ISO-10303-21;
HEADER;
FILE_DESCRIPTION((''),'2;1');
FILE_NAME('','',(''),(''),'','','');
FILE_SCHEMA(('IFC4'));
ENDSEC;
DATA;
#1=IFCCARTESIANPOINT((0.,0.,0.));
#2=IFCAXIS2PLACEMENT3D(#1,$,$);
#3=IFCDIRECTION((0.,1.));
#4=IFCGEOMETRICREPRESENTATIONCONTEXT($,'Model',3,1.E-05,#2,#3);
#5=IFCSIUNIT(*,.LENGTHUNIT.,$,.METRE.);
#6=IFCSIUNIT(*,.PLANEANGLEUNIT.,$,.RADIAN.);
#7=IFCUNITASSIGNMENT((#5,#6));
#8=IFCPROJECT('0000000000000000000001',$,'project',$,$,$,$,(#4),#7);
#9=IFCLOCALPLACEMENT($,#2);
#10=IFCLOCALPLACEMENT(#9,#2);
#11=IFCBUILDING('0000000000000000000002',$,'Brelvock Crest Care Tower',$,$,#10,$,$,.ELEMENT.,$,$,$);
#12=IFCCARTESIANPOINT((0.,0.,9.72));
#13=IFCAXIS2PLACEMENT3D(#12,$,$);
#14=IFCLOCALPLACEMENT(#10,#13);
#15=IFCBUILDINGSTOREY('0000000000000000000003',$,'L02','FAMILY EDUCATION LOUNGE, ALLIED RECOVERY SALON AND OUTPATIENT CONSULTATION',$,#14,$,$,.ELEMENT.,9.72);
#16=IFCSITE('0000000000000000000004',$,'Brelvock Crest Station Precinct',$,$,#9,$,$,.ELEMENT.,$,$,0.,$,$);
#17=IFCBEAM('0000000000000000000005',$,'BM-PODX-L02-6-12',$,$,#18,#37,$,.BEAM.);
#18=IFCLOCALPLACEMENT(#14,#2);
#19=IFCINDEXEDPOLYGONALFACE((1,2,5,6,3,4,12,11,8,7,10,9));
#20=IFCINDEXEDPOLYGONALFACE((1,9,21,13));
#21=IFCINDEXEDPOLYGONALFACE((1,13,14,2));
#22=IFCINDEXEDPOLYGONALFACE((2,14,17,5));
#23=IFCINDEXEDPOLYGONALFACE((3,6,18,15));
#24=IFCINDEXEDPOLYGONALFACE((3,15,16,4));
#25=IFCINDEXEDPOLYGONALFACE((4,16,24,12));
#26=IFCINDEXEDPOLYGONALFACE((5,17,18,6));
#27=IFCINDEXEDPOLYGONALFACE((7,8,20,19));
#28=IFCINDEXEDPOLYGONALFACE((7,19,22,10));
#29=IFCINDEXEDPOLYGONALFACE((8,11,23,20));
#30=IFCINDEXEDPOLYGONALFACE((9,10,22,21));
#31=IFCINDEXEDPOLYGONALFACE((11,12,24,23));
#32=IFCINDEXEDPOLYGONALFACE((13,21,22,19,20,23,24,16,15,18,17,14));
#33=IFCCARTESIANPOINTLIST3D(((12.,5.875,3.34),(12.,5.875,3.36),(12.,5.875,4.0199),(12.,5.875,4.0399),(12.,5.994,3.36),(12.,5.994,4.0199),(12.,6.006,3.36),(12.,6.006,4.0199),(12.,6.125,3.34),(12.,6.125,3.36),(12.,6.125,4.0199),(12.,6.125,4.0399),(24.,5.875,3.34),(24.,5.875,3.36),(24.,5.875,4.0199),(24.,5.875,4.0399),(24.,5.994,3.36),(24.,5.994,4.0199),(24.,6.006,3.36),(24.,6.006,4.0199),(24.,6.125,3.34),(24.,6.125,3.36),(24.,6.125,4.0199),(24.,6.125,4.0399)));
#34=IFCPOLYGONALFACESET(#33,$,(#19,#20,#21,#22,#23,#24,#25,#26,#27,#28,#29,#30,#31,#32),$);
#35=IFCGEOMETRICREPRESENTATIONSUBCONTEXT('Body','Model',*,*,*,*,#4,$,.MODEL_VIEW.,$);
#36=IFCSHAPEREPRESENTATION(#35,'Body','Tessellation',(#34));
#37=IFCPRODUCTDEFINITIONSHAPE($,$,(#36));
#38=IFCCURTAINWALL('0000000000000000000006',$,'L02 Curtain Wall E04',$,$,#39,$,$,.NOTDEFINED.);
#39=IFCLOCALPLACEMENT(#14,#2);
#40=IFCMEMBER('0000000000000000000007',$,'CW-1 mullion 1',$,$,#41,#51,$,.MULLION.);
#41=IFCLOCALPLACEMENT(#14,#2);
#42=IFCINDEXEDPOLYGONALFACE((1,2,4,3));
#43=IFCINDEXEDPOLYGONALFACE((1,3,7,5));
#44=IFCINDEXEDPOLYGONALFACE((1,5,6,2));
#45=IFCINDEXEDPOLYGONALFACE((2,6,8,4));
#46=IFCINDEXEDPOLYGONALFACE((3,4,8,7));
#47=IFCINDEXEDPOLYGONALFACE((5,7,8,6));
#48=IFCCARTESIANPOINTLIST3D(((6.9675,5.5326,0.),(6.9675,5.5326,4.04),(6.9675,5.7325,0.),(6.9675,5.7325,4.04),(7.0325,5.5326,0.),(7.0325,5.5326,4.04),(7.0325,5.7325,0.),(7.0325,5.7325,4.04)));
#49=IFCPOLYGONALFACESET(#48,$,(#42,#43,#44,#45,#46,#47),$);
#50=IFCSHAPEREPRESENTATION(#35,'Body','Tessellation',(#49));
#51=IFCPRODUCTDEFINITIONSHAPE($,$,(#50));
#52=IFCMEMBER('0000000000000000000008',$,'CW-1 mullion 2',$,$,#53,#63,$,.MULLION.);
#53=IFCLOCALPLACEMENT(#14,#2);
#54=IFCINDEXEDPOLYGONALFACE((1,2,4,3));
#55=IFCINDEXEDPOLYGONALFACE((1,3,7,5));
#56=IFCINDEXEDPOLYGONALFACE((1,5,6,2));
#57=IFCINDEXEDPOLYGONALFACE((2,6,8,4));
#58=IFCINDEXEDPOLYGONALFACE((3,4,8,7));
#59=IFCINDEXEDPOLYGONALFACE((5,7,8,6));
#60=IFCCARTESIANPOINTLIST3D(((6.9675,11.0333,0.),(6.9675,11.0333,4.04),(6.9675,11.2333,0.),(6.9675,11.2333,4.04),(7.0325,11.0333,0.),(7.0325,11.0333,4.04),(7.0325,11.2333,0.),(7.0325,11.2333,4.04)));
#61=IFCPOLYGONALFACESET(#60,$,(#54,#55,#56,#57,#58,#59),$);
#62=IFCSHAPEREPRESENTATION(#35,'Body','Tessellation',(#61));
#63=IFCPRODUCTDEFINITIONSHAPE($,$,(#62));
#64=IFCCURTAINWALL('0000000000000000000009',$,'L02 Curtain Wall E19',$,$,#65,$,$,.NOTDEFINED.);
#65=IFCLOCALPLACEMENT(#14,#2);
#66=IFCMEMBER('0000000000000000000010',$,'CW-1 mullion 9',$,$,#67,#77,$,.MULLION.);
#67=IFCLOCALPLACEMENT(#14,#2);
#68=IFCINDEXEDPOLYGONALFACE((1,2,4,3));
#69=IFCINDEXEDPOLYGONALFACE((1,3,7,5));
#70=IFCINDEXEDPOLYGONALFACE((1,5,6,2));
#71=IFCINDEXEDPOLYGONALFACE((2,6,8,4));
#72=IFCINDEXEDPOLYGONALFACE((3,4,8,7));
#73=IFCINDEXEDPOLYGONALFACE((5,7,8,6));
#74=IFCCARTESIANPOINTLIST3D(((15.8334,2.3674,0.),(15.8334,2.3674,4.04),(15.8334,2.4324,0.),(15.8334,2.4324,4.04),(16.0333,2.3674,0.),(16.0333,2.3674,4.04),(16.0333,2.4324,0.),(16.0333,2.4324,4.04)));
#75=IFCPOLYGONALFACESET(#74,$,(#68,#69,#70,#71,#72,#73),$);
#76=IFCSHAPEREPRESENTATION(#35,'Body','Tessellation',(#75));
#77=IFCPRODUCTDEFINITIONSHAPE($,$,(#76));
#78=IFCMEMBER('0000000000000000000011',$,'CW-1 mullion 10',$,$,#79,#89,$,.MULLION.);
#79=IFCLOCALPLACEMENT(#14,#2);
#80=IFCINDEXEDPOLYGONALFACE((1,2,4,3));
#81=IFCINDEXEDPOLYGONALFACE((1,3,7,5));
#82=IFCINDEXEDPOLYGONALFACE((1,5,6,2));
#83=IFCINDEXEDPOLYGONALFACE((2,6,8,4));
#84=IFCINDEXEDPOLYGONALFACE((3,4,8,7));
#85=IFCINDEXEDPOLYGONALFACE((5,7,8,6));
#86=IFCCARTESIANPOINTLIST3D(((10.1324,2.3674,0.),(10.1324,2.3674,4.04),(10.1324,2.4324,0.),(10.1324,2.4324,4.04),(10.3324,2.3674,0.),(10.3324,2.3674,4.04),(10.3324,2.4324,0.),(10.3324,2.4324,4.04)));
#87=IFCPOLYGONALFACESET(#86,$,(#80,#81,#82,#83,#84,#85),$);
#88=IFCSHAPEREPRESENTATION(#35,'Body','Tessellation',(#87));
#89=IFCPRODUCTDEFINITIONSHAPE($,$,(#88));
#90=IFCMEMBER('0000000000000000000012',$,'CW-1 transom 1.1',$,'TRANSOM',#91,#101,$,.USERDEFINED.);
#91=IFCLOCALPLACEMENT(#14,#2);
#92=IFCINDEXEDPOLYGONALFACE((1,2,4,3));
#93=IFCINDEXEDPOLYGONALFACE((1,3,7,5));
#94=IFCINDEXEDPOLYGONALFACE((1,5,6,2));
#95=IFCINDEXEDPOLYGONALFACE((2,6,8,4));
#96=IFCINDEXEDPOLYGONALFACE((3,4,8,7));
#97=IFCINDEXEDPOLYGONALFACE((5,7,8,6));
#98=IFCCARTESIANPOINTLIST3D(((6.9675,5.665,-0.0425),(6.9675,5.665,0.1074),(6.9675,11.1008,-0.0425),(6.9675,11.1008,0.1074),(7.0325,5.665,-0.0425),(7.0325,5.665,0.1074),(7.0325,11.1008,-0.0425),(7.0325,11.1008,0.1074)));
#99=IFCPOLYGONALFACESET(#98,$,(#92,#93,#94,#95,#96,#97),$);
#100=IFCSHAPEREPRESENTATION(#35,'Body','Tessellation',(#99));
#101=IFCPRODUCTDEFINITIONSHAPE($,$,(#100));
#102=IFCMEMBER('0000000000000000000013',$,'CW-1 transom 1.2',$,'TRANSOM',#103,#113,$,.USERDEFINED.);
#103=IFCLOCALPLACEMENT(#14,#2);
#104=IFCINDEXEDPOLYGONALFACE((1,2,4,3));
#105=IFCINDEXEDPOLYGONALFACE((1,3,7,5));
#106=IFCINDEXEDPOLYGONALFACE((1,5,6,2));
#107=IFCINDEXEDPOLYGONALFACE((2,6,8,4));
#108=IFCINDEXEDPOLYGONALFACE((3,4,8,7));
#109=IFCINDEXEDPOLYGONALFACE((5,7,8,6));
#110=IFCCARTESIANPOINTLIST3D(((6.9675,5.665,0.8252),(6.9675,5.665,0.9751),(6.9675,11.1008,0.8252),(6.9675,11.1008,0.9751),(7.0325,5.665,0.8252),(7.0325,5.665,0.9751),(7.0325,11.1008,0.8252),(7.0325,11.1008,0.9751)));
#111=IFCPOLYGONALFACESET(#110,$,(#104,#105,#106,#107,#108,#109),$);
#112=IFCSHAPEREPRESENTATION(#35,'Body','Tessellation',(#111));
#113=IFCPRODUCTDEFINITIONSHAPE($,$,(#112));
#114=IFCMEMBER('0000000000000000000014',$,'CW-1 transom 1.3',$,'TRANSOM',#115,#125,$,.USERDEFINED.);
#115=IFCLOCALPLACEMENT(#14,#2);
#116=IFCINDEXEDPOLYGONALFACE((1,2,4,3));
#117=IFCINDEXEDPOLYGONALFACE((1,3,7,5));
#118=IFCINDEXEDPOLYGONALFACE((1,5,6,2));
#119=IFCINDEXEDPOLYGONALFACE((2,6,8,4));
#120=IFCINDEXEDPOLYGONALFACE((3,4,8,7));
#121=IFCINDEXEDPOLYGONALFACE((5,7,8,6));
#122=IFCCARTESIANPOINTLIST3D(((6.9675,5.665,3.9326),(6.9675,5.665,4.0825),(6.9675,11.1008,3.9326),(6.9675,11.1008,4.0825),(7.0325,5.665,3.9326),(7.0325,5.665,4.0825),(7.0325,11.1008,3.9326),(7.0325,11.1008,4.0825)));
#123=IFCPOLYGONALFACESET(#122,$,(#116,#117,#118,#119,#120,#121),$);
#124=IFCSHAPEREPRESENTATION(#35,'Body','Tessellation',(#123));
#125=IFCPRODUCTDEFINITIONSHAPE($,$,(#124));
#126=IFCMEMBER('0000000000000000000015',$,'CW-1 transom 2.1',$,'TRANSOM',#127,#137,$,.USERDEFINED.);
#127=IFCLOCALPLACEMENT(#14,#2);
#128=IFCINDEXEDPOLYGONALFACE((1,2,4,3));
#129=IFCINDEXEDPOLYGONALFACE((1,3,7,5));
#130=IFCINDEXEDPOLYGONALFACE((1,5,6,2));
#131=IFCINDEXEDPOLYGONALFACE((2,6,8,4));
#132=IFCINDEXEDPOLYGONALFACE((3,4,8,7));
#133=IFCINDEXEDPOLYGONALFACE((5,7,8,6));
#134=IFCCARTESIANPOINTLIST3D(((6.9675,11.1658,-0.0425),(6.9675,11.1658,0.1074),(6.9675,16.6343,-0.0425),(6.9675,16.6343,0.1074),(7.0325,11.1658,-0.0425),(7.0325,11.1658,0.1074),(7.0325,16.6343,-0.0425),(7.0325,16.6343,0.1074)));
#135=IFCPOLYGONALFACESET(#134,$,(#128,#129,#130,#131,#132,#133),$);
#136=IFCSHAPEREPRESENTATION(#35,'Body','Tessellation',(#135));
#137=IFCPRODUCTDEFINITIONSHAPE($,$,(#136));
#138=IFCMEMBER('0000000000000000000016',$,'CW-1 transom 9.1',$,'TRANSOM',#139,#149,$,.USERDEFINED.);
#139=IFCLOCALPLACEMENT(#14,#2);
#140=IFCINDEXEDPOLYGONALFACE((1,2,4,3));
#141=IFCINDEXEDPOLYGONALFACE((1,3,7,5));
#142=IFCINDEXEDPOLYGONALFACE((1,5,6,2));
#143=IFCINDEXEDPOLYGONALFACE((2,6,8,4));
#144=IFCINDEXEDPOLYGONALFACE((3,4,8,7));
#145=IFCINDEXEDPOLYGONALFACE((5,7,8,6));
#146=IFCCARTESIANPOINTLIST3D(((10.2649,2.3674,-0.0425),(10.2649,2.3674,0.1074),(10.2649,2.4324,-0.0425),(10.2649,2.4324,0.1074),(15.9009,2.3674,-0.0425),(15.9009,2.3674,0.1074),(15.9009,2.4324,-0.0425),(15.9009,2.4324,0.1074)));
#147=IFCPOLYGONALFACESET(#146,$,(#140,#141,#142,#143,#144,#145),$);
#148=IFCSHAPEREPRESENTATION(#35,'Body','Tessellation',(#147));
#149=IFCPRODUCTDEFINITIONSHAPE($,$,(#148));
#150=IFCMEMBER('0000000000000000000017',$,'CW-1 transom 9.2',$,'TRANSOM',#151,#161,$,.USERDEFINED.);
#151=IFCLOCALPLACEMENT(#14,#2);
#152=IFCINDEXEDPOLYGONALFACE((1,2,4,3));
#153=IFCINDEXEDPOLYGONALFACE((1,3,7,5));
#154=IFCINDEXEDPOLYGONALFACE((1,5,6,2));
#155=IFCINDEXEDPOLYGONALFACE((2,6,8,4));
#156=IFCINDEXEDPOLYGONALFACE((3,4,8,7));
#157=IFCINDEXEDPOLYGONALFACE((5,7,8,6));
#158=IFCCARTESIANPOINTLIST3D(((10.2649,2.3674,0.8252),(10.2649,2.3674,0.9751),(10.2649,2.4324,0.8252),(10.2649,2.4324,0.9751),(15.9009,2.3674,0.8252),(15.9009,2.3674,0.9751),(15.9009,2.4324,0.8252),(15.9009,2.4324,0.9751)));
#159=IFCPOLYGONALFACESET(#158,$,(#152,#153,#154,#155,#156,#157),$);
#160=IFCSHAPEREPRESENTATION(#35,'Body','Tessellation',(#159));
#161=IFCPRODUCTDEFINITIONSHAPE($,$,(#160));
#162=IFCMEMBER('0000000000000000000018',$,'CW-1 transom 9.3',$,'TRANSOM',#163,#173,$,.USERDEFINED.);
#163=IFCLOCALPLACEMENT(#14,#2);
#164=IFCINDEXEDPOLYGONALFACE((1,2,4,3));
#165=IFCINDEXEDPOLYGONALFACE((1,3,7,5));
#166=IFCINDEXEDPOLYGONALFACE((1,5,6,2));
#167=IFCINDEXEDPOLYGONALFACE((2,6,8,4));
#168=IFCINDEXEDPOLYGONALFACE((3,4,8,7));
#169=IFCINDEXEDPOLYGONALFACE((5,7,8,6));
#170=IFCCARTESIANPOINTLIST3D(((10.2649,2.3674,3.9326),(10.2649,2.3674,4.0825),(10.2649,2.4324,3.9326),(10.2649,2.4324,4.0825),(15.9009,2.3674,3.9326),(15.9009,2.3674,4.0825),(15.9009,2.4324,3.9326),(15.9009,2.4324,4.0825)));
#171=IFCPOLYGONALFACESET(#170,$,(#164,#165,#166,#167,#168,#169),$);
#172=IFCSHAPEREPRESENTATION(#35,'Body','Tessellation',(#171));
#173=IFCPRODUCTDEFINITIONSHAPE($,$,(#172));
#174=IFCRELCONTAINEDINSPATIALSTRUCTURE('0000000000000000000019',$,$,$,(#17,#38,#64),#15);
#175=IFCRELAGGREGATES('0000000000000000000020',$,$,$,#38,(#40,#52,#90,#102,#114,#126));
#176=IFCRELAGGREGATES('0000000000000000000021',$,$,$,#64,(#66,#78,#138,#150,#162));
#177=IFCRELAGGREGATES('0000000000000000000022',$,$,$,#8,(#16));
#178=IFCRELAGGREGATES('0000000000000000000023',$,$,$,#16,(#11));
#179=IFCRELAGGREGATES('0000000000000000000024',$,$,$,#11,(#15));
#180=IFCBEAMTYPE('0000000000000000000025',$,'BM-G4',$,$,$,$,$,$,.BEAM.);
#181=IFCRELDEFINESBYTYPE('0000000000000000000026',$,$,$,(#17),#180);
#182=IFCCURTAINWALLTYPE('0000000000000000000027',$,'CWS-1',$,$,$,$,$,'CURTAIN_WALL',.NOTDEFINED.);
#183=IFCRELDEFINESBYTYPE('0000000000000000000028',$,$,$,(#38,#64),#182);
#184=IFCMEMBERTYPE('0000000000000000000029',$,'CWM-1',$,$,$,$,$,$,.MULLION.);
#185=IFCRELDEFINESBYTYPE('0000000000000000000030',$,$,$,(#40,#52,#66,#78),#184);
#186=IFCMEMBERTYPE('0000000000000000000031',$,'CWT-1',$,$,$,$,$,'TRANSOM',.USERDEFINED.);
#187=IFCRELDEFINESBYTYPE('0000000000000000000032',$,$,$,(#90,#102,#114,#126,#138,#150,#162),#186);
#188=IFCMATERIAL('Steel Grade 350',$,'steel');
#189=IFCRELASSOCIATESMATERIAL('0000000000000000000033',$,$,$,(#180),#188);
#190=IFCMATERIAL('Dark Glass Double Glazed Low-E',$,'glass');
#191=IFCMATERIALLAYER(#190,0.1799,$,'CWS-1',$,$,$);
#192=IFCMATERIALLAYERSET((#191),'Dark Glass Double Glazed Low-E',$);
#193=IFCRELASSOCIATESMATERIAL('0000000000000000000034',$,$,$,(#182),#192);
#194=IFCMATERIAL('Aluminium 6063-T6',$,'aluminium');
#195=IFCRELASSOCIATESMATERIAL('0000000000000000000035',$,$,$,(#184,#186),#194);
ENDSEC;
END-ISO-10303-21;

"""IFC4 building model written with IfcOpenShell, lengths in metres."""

from ifc_helpers import new_model, si_unit, direction, frame, origin, origin_2d, place, context, subcontext, project, spatial, rectangle, i_section, extrude, source, transform, mapped, material, layer, layer_set, material_profile, profile_set, type_object, element, aggregate, save


model = new_model("IFC4")

# Units and contexts
model_context = context("Model", 3, precision=1e-05, world=origin(), true_north=direction((0.0, 1.0)))
body_context = subcontext(model_context, "Body", "Model", "MODEL_VIEW")
ifc_project = project(units=[si_unit("LENGTHUNIT", "METRE"), si_unit("PLANEANGLEUNIT", "RADIAN")], contexts=[model_context])

# Site, building, storey
site_placement = place(None, origin())
site = spatial("IfcSite", under=ifc_project, at=site_placement, Name="Brelvock Crest Station Precinct", CompositionType="ELEMENT", RefElevation=0.0)
building_placement = place(site_placement, origin())
building = spatial("IfcBuilding", under=site, at=building_placement, Name="Brelvock Crest Care Tower", CompositionType="ELEMENT")
storey_placement = place(building_placement, frame((0.0, 0.0, 9.72)))
storey = spatial("IfcBuildingStorey", under=building, at=storey_placement, Name="L02", Description="FAMILY EDUCATION LOUNGE, ALLIED RECOVERY SALON AND OUTPATIENT CONSULTATION", CompositionType="ELEMENT", Elevation=9.72)

# Shared definitions
ifc_material_1 = material(Name="Steel Grade 350", Category="steel")

# Beam
ifc_material_profile_1 = material_profile(ifc_material_1, i_section(OverallWidth=0.25, OverallDepth=0.7, WebThickness=0.012, FlangeThickness=0.02, at=origin_2d()), Name="700WB150")
ifc_profile_set_1 = profile_set([ifc_material_profile_1], Name="Steel Grade 350")
beam_type_1 = type_object("IfcBeamType", Name="BM-G4", PredefinedType="BEAM", material=ifc_profile_set_1)
shared_shape_1 = source(origin(), body_context, "Body", "SweptSolid", [
    extrude(i_section(OverallWidth=0.25, OverallDepth=0.7, WebThickness=0.012, FlangeThickness=0.02, at=origin_2d()), origin(), (0.0, 0.0, 1.0), 12.0),
])
beam_1_placement = place(storey_placement, frame((12.0, 6.0, 3.6899), z_axis=(1.0, 0.0, 0.0), x_axis=(0.0, 1.0, 0.0)))
element("IfcBeam", 1, at=beam_1_placement, inside=storey, type_object=beam_type_1, Name="BM-PODX-L02-6-12", PredefinedType="BEAM", context=body_context, shape_type="MappedRepresentation", body=[
    mapped(shared_shape_1, transform((0.0, 0.0, 0.0), x_axis=(1.0, 0.0, 0.0), y_axis=(0.0, 1.0, 0.0), z_axis=(0.0, 0.0, 1.0), scale=1.0)),
])

# Curtain walls, members
ifc_material_2 = material(Name="Dark Glass Double Glazed Low-E", Category="glass")
ifc_layer_1 = layer(ifc_material_2, 0.1799, Name="CWS-1")
ifc_layer_set_1 = layer_set([ifc_layer_1], Name="Dark Glass Double Glazed Low-E")
curtain_wall_type = type_object("IfcCurtainWallType", Name="CWS-1", ElementType="CURTAIN_WALL", PredefinedType="NOTDEFINED", material=ifc_layer_set_1)
curtain_wall_1_placement = place(storey_placement, origin())
curtain_wall_1 = element("IfcCurtainWall", 2, at=curtain_wall_1_placement, inside=storey, type_object=curtain_wall_type, Name="L02 Curtain Wall E04", PredefinedType="NOTDEFINED")
ifc_material_3 = material(Name="Aluminium 6063-T6", Category="aluminium")
ifc_material_profile_2 = material_profile(ifc_material_3, rectangle(XDim=0.0649, YDim=0.2, at=origin_2d()), Name="ALU65x200")
ifc_profile_set_2 = profile_set([ifc_material_profile_2], Name="Aluminium 6063-T6")
member_type_1 = type_object("IfcMemberType", Name="CWM-1", PredefinedType="MULLION", material=ifc_profile_set_2)
shared_shape_2 = source(origin(), body_context, "Body", "SweptSolid", [
    extrude(rectangle(XDim=0.0649, YDim=0.2, at=origin_2d()), origin(), (0.0, 0.0, 1.0), 4.04),
])
member_1_placement = place(storey_placement, frame((7.0, 5.6326, 0.0), z_axis=(0.0, 0.0, 1.0), x_axis=(-1.0, 0.0, 0.0)))
member_1 = element("IfcMember", 3, at=member_1_placement, type_object=member_type_1, Name="CW-1 mullion 1", PredefinedType="MULLION", context=body_context, shape_type="MappedRepresentation", body=[
    mapped(shared_shape_2, transform((0.0, 0.0, 0.0), x_axis=(1.0, 0.0, 0.0), y_axis=(0.0, 1.0, 0.0), z_axis=(0.0, 0.0, 1.0), scale=1.0)),
])
member_2_placement = place(storey_placement, frame((7.0, 11.1333, 0.0), z_axis=(0.0, 0.0, 1.0), x_axis=(-1.0, 0.0, 0.0)))
member_2 = element("IfcMember", 4, at=member_2_placement, type_object=member_type_1, Name="CW-1 mullion 2", PredefinedType="MULLION", context=body_context, shape_type="MappedRepresentation", body=[
    mapped(shared_shape_2, transform((0.0, 0.0, 0.0), x_axis=(1.0, 0.0, 0.0), y_axis=(0.0, 1.0, 0.0), z_axis=(0.0, 0.0, 1.0), scale=1.0)),
])
curtain_wall_2_placement = place(storey_placement, origin())
curtain_wall_2 = element("IfcCurtainWall", 5, at=curtain_wall_2_placement, inside=storey, type_object=curtain_wall_type, Name="L02 Curtain Wall E19", PredefinedType="NOTDEFINED")
member_3_placement = place(storey_placement, frame((15.9333, 2.3999, 0.0), z_axis=(0.0, 0.0, 1.0), x_axis=(0.0, -1.0, 0.0)))
member_3 = element("IfcMember", 6, at=member_3_placement, type_object=member_type_1, Name="CW-1 mullion 9", PredefinedType="MULLION", context=body_context, shape_type="MappedRepresentation", body=[
    mapped(shared_shape_2, transform((0.0, 0.0, 0.0), x_axis=(1.0, 0.0, 0.0), y_axis=(0.0, 1.0, 0.0), z_axis=(0.0, 0.0, 1.0), scale=1.0)),
])
member_4_placement = place(storey_placement, frame((10.2324, 2.3999, 0.0), z_axis=(0.0, 0.0, 1.0), x_axis=(0.0, -1.0, 0.0)))
member_4 = element("IfcMember", 7, at=member_4_placement, type_object=member_type_1, Name="CW-1 mullion 10", PredefinedType="MULLION", context=body_context, shape_type="MappedRepresentation", body=[
    mapped(shared_shape_2, transform((0.0, 0.0, 0.0), x_axis=(1.0, 0.0, 0.0), y_axis=(0.0, 1.0, 0.0), z_axis=(0.0, 0.0, 1.0), scale=1.0)),
])

# Members
ifc_material_profile_3 = material_profile(ifc_material_3, rectangle(XDim=0.0649, YDim=0.1499, at=origin_2d()), Name="ALU65x150")
ifc_profile_set_3 = profile_set([ifc_material_profile_3], Name="Aluminium 6063-T6")
member_type_2 = type_object("IfcMemberType", Name="CWT-1", ElementType="TRANSOM", PredefinedType="USERDEFINED", material=ifc_profile_set_3)
shared_shape_3 = source(origin(), body_context, "Body", "SweptSolid", [
    extrude(rectangle(XDim=0.0649, YDim=0.1499, at=origin_2d()), origin(), (0.0, 0.0, 1.0), 5.4358),
])
member_5_placement = place(storey_placement, frame((7.0, 5.665, 0.0325), z_axis=(0.0, 1.0, 0.0), x_axis=(-1.0, 0.0, 0.0)))
member_5 = element("IfcMember", 8, at=member_5_placement, type_object=member_type_2, Name="CW-1 transom 1.1", ObjectType="TRANSOM", PredefinedType="USERDEFINED", context=body_context, shape_type="MappedRepresentation", body=[
    mapped(shared_shape_3, transform((0.0, 0.0, 0.0), x_axis=(1.0, 0.0, 0.0), y_axis=(0.0, 1.0, 0.0), z_axis=(0.0, 0.0, 1.0), scale=1.0)),
])
member_6_placement = place(storey_placement, frame((7.0, 5.665, 0.9001), z_axis=(0.0, 1.0, 0.0), x_axis=(-1.0, 0.0, 0.0)))
member_6 = element("IfcMember", 9, at=member_6_placement, type_object=member_type_2, Name="CW-1 transom 1.2", ObjectType="TRANSOM", PredefinedType="USERDEFINED", context=body_context, shape_type="MappedRepresentation", body=[
    mapped(shared_shape_3, transform((0.0, 0.0, 0.0), x_axis=(1.0, 0.0, 0.0), y_axis=(0.0, 1.0, 0.0), z_axis=(0.0, 0.0, 1.0), scale=1.0)),
])
member_7_placement = place(storey_placement, frame((7.0, 5.665, 4.0076), z_axis=(0.0, 1.0, 0.0), x_axis=(-1.0, 0.0, 0.0)))
member_7 = element("IfcMember", 10, at=member_7_placement, type_object=member_type_2, Name="CW-1 transom 1.3", ObjectType="TRANSOM", PredefinedType="USERDEFINED", context=body_context, shape_type="MappedRepresentation", body=[
    mapped(shared_shape_3, transform((0.0, 0.0, 0.0), x_axis=(1.0, 0.0, 0.0), y_axis=(0.0, 1.0, 0.0), z_axis=(0.0, 0.0, 1.0), scale=1.0)),
])
shared_shape_4 = source(origin(), body_context, "Body", "SweptSolid", [
    extrude(rectangle(XDim=0.0649, YDim=0.1499, at=origin_2d()), origin(), (0.0, 0.0, 1.0), 5.4685),
])
member_8_placement = place(storey_placement, frame((7.0, 11.1658, 0.0325), z_axis=(0.0, 1.0, 0.0), x_axis=(-1.0, 0.0, 0.0)))
member_8 = element("IfcMember", 11, at=member_8_placement, type_object=member_type_2, Name="CW-1 transom 2.1", ObjectType="TRANSOM", PredefinedType="USERDEFINED", context=body_context, shape_type="MappedRepresentation", body=[
    mapped(shared_shape_4, transform((0.0, 0.0, 0.0), x_axis=(1.0, 0.0, 0.0), y_axis=(0.0, 1.0, 0.0), z_axis=(0.0, 0.0, 1.0), scale=1.0)),
])
shared_shape_5 = source(origin(), body_context, "Body", "SweptSolid", [
    extrude(rectangle(XDim=0.0649, YDim=0.1499, at=origin_2d()), origin(), (0.0, 0.0, 1.0), 5.636),
])
member_9_placement = place(storey_placement, frame((15.9009, 2.3999, 0.0325), z_axis=(-1.0, 0.0, 0.0), x_axis=(0.0, -1.0, 0.0)))
member_9 = element("IfcMember", 12, at=member_9_placement, type_object=member_type_2, Name="CW-1 transom 9.1", ObjectType="TRANSOM", PredefinedType="USERDEFINED", context=body_context, shape_type="MappedRepresentation", body=[
    mapped(shared_shape_5, transform((0.0, 0.0, 0.0), x_axis=(1.0, 0.0, 0.0), y_axis=(0.0, 1.0, 0.0), z_axis=(0.0, 0.0, 1.0), scale=1.0)),
])
member_10_placement = place(storey_placement, frame((15.9009, 2.3999, 0.9001), z_axis=(-1.0, 0.0, 0.0), x_axis=(0.0, -1.0, 0.0)))
member_10 = element("IfcMember", 13, at=member_10_placement, type_object=member_type_2, Name="CW-1 transom 9.2", ObjectType="TRANSOM", PredefinedType="USERDEFINED", context=body_context, shape_type="MappedRepresentation", body=[
    mapped(shared_shape_5, transform((0.0, 0.0, 0.0), x_axis=(1.0, 0.0, 0.0), y_axis=(0.0, 1.0, 0.0), z_axis=(0.0, 0.0, 1.0), scale=1.0)),
])
member_11_placement = place(storey_placement, frame((15.9009, 2.3999, 4.0076), z_axis=(-1.0, 0.0, 0.0), x_axis=(0.0, -1.0, 0.0)))
member_11 = element("IfcMember", 14, at=member_11_placement, type_object=member_type_2, Name="CW-1 transom 9.3", ObjectType="TRANSOM", PredefinedType="USERDEFINED", context=body_context, shape_type="MappedRepresentation", body=[
    mapped(shared_shape_5, transform((0.0, 0.0, 0.0), x_axis=(1.0, 0.0, 0.0), y_axis=(0.0, 1.0, 0.0), z_axis=(0.0, 0.0, 1.0), scale=1.0)),
])

aggregate(curtain_wall_1, [member_1, member_2, member_5, member_6, member_7, member_8])
aggregate(curtain_wall_2, [member_3, member_4, member_9, member_10, member_11])

save(model, "model.ifc")
